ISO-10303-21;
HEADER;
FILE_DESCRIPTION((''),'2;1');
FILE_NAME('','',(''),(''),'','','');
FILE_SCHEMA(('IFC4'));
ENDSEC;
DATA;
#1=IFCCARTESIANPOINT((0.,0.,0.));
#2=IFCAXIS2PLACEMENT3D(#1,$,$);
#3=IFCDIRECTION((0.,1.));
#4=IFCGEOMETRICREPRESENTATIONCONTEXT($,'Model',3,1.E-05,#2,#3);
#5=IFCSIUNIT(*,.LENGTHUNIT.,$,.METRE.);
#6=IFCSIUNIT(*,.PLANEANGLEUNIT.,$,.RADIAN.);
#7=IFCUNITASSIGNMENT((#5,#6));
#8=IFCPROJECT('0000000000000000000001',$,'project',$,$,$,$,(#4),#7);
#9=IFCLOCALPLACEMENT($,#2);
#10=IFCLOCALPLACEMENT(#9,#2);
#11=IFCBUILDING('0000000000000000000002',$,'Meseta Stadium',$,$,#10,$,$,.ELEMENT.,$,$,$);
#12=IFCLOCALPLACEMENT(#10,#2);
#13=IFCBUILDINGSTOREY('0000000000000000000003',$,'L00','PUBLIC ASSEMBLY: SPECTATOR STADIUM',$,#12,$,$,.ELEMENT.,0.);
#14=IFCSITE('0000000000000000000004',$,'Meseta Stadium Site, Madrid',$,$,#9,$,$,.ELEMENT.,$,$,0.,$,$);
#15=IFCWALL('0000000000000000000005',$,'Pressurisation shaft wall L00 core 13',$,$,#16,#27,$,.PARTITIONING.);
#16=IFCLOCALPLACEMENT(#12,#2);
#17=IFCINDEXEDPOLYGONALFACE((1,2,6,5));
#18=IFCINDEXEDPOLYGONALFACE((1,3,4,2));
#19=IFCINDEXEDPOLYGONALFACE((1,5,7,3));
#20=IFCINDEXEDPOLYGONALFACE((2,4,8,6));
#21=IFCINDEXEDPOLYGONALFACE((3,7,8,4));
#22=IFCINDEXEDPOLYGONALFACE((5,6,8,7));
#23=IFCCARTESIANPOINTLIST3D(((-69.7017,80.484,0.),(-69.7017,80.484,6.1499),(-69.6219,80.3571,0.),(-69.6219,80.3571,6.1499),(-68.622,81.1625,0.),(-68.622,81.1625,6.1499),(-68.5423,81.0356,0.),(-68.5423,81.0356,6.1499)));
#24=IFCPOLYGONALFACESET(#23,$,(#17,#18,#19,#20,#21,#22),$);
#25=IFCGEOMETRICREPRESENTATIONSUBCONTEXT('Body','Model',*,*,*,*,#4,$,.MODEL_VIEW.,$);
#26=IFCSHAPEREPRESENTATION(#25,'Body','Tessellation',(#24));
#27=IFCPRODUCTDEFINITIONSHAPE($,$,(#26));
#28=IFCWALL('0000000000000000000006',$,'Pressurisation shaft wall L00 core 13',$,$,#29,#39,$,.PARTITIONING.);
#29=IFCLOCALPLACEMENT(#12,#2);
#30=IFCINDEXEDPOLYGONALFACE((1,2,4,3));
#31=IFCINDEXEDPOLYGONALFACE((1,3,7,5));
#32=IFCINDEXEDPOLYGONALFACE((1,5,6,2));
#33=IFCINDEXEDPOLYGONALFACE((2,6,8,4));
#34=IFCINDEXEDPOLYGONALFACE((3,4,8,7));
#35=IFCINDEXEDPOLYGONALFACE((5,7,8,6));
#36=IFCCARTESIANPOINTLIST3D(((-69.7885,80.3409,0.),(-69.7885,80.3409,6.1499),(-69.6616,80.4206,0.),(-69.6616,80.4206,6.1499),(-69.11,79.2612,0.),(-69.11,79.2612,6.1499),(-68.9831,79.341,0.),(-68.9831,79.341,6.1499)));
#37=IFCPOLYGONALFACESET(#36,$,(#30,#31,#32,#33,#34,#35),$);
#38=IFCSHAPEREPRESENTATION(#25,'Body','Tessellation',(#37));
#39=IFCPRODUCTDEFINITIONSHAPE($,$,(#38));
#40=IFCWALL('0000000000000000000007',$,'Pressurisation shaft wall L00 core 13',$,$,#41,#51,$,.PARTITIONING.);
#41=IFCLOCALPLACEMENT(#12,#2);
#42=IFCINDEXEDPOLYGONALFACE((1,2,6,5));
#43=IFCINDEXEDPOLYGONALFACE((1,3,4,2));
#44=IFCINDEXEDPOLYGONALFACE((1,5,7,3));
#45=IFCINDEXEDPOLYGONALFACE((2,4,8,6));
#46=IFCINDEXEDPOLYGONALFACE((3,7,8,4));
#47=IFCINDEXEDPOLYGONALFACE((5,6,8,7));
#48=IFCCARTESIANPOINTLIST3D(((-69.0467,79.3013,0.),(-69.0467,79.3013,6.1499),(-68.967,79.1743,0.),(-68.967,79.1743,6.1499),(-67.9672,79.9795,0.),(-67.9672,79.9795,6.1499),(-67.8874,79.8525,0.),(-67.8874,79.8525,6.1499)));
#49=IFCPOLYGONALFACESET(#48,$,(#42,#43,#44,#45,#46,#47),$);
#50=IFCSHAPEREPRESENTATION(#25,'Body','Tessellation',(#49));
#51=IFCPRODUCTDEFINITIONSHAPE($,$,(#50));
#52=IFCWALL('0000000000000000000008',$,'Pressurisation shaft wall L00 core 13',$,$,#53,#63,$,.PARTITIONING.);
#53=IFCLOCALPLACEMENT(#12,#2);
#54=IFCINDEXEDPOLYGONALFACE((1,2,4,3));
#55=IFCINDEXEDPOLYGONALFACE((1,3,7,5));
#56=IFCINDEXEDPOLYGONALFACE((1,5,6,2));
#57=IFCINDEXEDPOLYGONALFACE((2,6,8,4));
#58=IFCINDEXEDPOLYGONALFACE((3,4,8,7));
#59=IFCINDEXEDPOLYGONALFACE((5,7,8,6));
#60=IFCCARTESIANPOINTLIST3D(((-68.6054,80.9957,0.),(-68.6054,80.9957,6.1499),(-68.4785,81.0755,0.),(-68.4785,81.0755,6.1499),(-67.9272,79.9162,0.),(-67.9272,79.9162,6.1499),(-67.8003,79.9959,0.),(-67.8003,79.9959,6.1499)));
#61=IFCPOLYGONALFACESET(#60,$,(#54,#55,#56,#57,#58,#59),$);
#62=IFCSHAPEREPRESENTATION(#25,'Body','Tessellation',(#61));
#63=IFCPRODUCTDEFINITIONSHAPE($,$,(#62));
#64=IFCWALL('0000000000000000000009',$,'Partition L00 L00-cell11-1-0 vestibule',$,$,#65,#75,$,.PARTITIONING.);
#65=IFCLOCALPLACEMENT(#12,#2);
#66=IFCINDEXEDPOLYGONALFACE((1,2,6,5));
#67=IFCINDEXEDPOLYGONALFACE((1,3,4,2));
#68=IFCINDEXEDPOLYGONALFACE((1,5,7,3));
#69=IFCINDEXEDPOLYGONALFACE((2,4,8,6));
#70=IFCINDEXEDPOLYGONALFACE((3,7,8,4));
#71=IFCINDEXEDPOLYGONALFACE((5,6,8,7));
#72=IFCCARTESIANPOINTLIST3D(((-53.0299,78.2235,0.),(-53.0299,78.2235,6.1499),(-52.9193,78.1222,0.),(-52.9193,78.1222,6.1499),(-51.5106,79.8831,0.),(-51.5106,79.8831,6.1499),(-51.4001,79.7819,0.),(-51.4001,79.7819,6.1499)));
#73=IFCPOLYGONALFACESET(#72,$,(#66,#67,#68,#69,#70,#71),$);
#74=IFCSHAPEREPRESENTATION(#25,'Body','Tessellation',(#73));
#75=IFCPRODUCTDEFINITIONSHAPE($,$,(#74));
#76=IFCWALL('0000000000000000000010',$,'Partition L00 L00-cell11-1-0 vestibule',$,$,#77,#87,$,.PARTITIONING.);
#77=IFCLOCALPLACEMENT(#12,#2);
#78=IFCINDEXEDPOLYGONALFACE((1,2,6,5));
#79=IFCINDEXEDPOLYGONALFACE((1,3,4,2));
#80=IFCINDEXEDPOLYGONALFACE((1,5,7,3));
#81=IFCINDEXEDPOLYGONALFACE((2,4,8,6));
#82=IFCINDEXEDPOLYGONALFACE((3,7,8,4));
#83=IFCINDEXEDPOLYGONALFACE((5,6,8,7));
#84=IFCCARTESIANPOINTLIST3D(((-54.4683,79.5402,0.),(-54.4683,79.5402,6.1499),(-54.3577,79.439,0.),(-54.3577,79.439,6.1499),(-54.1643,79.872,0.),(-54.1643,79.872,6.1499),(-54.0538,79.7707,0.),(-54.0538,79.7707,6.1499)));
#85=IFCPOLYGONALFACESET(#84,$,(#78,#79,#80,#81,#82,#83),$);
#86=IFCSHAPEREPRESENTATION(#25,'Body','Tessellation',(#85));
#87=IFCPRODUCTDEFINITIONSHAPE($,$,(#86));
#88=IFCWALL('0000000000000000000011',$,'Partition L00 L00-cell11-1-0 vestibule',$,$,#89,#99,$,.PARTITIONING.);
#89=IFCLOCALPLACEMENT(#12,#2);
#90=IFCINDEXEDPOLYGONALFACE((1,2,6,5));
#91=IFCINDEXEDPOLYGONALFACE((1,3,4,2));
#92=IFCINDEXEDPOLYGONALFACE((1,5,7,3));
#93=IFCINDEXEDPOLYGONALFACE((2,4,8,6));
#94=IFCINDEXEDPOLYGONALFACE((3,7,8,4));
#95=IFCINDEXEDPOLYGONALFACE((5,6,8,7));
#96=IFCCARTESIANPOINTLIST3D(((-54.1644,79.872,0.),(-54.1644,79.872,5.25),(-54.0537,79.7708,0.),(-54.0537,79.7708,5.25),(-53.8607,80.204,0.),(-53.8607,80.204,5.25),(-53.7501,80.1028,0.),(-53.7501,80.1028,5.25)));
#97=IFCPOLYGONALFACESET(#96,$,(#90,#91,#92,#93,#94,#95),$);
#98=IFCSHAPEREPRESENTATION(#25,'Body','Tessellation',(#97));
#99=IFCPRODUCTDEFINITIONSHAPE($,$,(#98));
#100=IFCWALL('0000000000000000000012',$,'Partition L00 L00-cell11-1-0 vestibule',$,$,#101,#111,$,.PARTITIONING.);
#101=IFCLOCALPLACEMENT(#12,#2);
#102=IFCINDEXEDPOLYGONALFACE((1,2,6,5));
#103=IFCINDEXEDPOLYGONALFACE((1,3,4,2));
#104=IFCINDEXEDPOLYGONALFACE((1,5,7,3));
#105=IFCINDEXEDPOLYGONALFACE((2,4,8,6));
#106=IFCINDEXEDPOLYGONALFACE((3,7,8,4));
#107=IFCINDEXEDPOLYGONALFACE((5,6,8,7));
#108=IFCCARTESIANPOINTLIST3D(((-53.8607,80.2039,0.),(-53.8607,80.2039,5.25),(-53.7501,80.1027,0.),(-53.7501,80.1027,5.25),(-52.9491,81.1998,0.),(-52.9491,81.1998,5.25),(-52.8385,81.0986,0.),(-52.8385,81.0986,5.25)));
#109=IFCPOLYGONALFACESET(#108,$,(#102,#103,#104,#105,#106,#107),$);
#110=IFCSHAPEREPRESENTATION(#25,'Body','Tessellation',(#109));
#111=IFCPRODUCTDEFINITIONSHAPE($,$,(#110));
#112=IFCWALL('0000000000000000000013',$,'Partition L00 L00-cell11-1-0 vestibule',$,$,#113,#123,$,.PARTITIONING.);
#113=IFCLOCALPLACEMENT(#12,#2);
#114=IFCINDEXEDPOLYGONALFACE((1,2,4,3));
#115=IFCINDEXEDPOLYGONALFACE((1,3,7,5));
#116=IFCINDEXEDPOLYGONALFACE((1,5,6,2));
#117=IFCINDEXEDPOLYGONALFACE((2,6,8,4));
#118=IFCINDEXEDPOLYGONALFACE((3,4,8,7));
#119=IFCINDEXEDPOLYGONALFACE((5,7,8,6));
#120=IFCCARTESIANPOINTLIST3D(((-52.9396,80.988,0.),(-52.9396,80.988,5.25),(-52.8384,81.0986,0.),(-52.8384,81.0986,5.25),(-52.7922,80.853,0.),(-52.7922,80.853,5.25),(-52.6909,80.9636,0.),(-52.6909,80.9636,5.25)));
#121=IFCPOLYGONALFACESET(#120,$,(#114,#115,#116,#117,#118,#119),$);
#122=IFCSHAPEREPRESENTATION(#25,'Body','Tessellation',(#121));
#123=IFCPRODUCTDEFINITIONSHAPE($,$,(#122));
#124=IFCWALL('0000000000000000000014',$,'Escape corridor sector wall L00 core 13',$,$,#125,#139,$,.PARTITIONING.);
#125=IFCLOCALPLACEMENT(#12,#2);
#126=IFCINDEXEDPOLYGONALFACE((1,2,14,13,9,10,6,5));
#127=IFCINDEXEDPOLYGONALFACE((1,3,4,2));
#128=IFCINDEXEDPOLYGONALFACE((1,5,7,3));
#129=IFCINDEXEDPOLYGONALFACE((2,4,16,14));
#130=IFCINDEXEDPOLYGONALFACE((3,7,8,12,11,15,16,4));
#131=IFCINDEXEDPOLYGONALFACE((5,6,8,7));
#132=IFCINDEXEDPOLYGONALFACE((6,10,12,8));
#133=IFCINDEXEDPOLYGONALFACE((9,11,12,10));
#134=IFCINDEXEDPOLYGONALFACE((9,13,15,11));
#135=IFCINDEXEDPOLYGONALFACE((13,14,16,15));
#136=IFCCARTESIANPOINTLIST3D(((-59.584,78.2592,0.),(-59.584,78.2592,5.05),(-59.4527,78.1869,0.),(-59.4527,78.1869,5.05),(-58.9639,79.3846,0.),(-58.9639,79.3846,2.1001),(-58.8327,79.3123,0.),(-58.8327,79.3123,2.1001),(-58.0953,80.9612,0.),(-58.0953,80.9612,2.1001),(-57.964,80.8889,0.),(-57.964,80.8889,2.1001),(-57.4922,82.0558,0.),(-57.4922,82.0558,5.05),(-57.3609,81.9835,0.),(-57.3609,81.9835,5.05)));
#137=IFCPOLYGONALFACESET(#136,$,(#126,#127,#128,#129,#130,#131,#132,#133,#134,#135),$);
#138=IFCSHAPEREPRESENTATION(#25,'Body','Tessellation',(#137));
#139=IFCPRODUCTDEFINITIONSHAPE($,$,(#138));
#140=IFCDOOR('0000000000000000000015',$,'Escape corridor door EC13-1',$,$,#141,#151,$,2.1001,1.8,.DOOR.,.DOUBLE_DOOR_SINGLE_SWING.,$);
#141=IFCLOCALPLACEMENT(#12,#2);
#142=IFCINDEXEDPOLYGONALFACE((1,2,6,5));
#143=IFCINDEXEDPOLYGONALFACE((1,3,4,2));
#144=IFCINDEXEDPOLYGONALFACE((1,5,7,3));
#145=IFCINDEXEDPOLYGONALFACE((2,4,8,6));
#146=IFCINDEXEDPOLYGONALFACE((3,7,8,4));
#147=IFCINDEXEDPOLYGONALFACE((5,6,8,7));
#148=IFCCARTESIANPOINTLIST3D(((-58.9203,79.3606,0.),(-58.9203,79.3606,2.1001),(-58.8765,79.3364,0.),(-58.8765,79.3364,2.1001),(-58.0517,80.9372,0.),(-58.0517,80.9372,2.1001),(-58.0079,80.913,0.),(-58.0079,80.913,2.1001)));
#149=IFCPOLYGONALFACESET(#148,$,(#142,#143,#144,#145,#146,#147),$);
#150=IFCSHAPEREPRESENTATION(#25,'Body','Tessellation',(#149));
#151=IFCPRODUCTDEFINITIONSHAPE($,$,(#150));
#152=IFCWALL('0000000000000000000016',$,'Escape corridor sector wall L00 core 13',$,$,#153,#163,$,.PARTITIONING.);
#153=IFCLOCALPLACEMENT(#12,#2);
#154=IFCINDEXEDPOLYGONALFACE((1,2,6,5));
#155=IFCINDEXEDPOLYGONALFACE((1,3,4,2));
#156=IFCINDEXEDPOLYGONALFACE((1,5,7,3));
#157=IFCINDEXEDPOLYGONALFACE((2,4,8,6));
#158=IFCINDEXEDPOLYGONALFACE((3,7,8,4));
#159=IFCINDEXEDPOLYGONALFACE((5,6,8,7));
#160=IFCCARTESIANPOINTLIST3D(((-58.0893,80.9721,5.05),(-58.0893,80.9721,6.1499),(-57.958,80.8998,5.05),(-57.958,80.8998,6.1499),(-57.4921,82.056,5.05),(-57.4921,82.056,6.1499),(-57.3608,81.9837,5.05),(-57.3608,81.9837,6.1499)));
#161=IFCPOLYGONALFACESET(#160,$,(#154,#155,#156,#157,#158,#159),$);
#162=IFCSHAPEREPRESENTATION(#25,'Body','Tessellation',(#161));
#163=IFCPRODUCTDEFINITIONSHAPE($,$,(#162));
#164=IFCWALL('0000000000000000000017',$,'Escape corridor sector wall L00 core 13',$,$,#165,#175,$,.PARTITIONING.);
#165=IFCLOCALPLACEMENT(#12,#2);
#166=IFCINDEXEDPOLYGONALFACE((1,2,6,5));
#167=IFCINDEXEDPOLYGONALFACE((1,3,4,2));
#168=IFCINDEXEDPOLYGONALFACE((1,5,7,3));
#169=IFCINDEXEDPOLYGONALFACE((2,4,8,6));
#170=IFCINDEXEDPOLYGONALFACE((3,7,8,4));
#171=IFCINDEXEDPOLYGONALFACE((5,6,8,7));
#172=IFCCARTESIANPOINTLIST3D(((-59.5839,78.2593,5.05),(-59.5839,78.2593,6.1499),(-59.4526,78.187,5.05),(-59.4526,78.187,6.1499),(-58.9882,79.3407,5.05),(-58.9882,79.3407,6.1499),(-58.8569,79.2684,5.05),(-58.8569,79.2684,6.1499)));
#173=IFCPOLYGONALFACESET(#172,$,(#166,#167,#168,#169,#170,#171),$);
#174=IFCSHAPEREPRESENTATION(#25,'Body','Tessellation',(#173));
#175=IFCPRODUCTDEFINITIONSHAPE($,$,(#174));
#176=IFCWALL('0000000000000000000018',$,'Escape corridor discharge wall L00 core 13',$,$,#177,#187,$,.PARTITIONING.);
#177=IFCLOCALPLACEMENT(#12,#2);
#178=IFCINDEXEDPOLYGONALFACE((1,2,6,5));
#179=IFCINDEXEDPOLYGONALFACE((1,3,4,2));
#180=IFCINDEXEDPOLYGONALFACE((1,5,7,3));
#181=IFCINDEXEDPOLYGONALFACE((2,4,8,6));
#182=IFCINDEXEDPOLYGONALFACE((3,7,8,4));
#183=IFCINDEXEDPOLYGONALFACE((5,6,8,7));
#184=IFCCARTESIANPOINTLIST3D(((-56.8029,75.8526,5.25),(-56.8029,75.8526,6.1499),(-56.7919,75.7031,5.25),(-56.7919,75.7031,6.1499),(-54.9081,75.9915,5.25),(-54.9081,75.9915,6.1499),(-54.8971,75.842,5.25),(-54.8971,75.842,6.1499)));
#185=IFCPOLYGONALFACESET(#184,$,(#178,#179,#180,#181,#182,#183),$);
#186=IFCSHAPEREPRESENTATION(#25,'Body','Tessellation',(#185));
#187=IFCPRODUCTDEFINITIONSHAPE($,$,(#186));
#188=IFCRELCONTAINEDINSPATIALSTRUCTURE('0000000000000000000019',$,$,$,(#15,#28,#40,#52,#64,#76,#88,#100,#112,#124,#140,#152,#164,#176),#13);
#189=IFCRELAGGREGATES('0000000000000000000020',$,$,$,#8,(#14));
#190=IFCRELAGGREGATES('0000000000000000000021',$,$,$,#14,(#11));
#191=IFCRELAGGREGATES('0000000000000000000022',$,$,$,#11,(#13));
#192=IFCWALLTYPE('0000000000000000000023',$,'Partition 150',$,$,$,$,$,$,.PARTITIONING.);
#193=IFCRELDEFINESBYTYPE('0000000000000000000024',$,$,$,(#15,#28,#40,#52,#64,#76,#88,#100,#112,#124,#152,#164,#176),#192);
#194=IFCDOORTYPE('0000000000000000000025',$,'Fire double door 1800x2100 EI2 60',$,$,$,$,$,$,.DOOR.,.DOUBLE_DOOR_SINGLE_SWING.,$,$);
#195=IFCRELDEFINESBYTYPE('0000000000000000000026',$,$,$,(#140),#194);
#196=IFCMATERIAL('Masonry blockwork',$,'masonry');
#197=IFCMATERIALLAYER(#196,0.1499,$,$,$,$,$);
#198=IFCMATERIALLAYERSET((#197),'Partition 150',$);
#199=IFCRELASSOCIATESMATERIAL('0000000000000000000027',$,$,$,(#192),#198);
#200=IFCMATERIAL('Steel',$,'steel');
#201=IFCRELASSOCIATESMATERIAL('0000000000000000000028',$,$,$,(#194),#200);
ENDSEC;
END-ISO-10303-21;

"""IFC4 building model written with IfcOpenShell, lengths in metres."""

from ifc_helpers import new_model, si_unit, direction, frame, frame_2d, origin, place, context, subcontext, project, spatial, rectangle, extrude, material, layer, layer_set, type_object, element, fill, save


model = new_model("IFC4")

# Units and contexts
model_context = context("Model", 3, precision=1e-05, world=origin(), true_north=direction((0.0, 1.0)))
body_context = subcontext(model_context, "Body", "Model", "MODEL_VIEW")
ifc_project = project(units=[si_unit("LENGTHUNIT", "METRE"), si_unit("PLANEANGLEUNIT", "RADIAN")], contexts=[model_context])

# Site, building, storey
site_placement = place(None, origin())
site = spatial("IfcSite", under=ifc_project, at=site_placement, Name="Meseta Stadium Site, Madrid", CompositionType="ELEMENT", RefElevation=0.0)
building_placement = place(site_placement, origin())
building = spatial("IfcBuilding", under=site, at=building_placement, Name="Meseta Stadium", CompositionType="ELEMENT")
storey_placement = place(building_placement, origin())
storey = spatial("IfcBuildingStorey", under=building, at=storey_placement, Name="L00", Description="PUBLIC ASSEMBLY: SPECTATOR STADIUM", CompositionType="ELEMENT", Elevation=0.0)

# Shared definitions
ifc_material_1 = material(Name="Masonry blockwork", Category="masonry")
ifc_layer_1 = layer(ifc_material_1, 0.1499)
ifc_layer_set_1 = layer_set([ifc_layer_1], Name="Partition 150")
wall_type_1 = type_object("IfcWallType", Name="Partition 150", PredefinedType="PARTITIONING", material=ifc_layer_set_1)

# Walls
for number, where, z_axis, x_axis, name in (
    (1, (-68.582, 81.0991, 0.0), (0.0, 0.0, 1.0), (-0.846683, -0.532097, 0.0), "Pressurisation shaft wall L00 core 13"),
    (2, (-69.7251, 80.3809, 0.0), (0.0, 0.0, 1.0), (0.532097, -0.846683, 0.0), "Pressurisation shaft wall L00 core 13"),
):
    element("IfcWall", number, at=place(storey_placement, frame(where, z_axis=z_axis, x_axis=x_axis)), inside=storey, type_object=wall_type_1, Name=name, PredefinedType="PARTITIONING", context=body_context, shape_type="SweptSolid", body=[
        extrude(rectangle(XDim=1.2751, YDim=0.1499, at=frame_2d((0.6377, 0.0))), origin(), (0.0, 0.0, 1.0), 6.1499),
    ])
for number, where, z_axis, x_axis, name in (
    (3, (-69.0068, 79.2378, 0.0), (0.0, 0.0, 1.0), (0.84677, 0.53196, 0.0), "Pressurisation shaft wall L00 core 13"),
    (4, (-67.8638, 79.9561, 0.0), (0.0, 0.0, 1.0), (-0.53196, 0.84677, 0.0), "Pressurisation shaft wall L00 core 13"),
):
    element("IfcWall", number, at=place(storey_placement, frame(where, z_axis=z_axis, x_axis=x_axis)), inside=storey, type_object=wall_type_1, Name=name, PredefinedType="PARTITIONING", context=body_context, shape_type="SweptSolid", body=[
        extrude(rectangle(XDim=1.2749, YDim=0.1499, at=frame_2d((0.6375, 0.0))), origin(), (0.0, 0.0, 1.0), 6.1499),
    ])
wall_1_placement = place(storey_placement, frame((-52.9746, 78.1729, 0.0), z_axis=(0.0, 0.0, 1.0), x_axis=(0.675223, 0.737613, 0.0)))
element("IfcWall", 5, at=wall_1_placement, inside=storey, type_object=wall_type_1, Name="Partition L00 L00-cell11-1-0 vestibule", PredefinedType="PARTITIONING", context=body_context, shape_type="SweptSolid", body=[
    extrude(rectangle(XDim=2.25, YDim=0.1499, at=frame_2d((1.125, 0.0))), origin(), (0.0, 0.0, 1.0), 6.1499),
])
wall_2_placement = place(storey_placement, frame((-54.4131, 79.4895, 0.0), z_axis=(0.0, 0.0, 1.0), x_axis=(0.675503, 0.737357, 0.0)))
element("IfcWall", 6, at=wall_2_placement, inside=storey, type_object=wall_type_1, Name="Partition L00 L00-cell11-1-0 vestibule", PredefinedType="PARTITIONING", context=body_context, shape_type="SweptSolid", body=[
    extrude(rectangle(XDim=0.45, YDim=0.1499, at=frame_2d((0.2251, 0.0))), origin(), (0.0, 0.0, 1.0), 6.1499),
])
wall_3_placement = place(storey_placement, frame((-54.1091, 79.8213, 0.0), z_axis=(0.0, 0.0, 1.0), x_axis=(0.674938, 0.737874, 0.0)))
element("IfcWall", 7, at=wall_3_placement, inside=storey, type_object=wall_type_1, Name="Partition L00 L00-cell11-1-0 vestibule", PredefinedType="PARTITIONING", context=body_context, shape_type="SweptSolid", body=[
    extrude(rectangle(XDim=0.45, YDim=0.1499, at=frame_2d((0.2251, 0.0))), origin(), (0.0, 0.0, 1.0), 5.25),
])
wall_4_placement = place(storey_placement, frame((-53.8054, 80.1533, 0.0), z_axis=(0.0, 0.0, 1.0), x_axis=(0.675225, 0.737612, 0.0)))
element("IfcWall", 8, at=wall_4_placement, inside=storey, type_object=wall_type_1, Name="Partition L00 L00-cell11-1-0 vestibule", PredefinedType="PARTITIONING", context=body_context, shape_type="SweptSolid", body=[
    extrude(rectangle(XDim=1.3501, YDim=0.1499, at=frame_2d((0.675, 0.0))), origin(), (0.0, 0.0, 1.0), 5.25),
])
wall_5_placement = place(storey_placement, frame((-52.7415, 80.9082, 0.0), z_axis=(0.0, 0.0, 1.0), x_axis=(-0.73756, 0.675282, 0.0)))
element("IfcWall", 9, at=wall_5_placement, inside=storey, type_object=wall_type_1, Name="Partition L00 L00-cell11-1-0 vestibule", PredefinedType="PARTITIONING", context=body_context, shape_type="SweptSolid", body=[
    extrude(rectangle(XDim=0.2, YDim=0.1499, at=frame_2d((0.1001, 0.0))), origin(), (0.0, 0.0, 1.0), 5.25),
])

# Wall, opening, door
wall_6_placement = place(storey_placement, frame((-57.4265, 82.0198, 0.0), z_axis=(0.0, 0.0, 1.0), x_axis=(-0.482565, -0.87586, 0.0)))
wall_6 = element("IfcWall", 10, at=wall_6_placement, inside=storey, type_object=wall_type_1, Name="Escape corridor sector wall L00 core 13", PredefinedType="PARTITIONING", context=body_context, shape_type="SweptSolid", body=[
    extrude(rectangle(XDim=4.3347, YDim=0.1499, at=frame_2d((2.1675, 0.0))), origin(), (0.0, 0.0, 1.0), 5.05),
])
opening_1_placement = place(wall_6_placement, frame((1.25, 0.0, 0.0)))
opening_1 = element("IfcOpeningElement", 11, at=opening_1_placement, cuts=wall_6, PredefinedType="OPENING", context=body_context, shape_type="SweptSolid", body=[
    extrude(rectangle(XDim=1.8, YDim=2.1001, at=frame_2d((0.8999, 1.05))), frame((0.0, 0.085, 0.0), z_axis=(0.0, -1.0, 0.0), x_axis=(1.0, 0.0, 0.0)), (0.0, 0.0, 1.0), 0.1699),
])
ifc_material_2 = material(Name="Steel", Category="steel")
door_type_1 = type_object("IfcDoorType", Name="Fire double door 1800x2100 EI2 60", OperationType="DOUBLE_DOOR_SINGLE_SWING", PredefinedType="DOOR", material=ifc_material_2)
door_1_placement = place(opening_1_placement, origin())
door_1 = element("IfcDoor", 12, at=door_1_placement, inside=storey, type_object=door_type_1, Name="Escape corridor door EC13-1", OperationType="DOUBLE_DOOR_SINGLE_SWING", OverallHeight=2.1001, OverallWidth=1.8, PredefinedType="DOOR", context=body_context, shape_type="SweptSolid", body=[
    extrude(rectangle(XDim=1.8, YDim=2.1001, at=frame_2d((0.8999, 1.05))), frame((0.0, 0.0249, 0.0), z_axis=(0.0, -1.0, 0.0), x_axis=(1.0, 0.0, 0.0)), (0.0, 0.0, 1.0), 0.05),
])
fill(opening_1, door_1)

# Walls
wall_7_placement = place(storey_placement, frame((-57.4265, 82.0198, 5.05), z_axis=(0.0, 0.0, 1.0), x_axis=(-0.482524, -0.875882, 0.0)))
element("IfcWall", 13, at=wall_7_placement, inside=storey, type_object=wall_type_1, Name="Escape corridor sector wall L00 core 13", PredefinedType="PARTITIONING", context=body_context, shape_type="SweptSolid", body=[
    extrude(rectangle(XDim=1.2375, YDim=0.1499, at=frame_2d((0.6187, 0.0))), origin(), (0.0, 0.0, 1.0), 1.0999),
])
wall_8_placement = place(storey_placement, frame((-58.9226, 79.3044, 5.05), z_axis=(0.0, 0.0, 1.0), x_axis=(-0.482534, -0.875877, 0.0)))
element("IfcWall", 14, at=wall_8_placement, inside=storey, type_object=wall_type_1, Name="Escape corridor sector wall L00 core 13", PredefinedType="PARTITIONING", context=body_context, shape_type="SweptSolid", body=[
    extrude(rectangle(XDim=1.2346, YDim=0.1499, at=frame_2d((0.6172, 0.0))), origin(), (0.0, 0.0, 1.0), 1.0999),
])
wall_9_placement = place(storey_placement, frame((-54.9026, 75.9167, 5.25), z_axis=(0.0, 0.0, 1.0), x_axis=(-0.997323, -0.073119, 0.0)))
element("IfcWall", 15, at=wall_9_placement, inside=storey, type_object=wall_type_1, Name="Escape corridor discharge wall L00 core 13", PredefinedType="PARTITIONING", context=body_context, shape_type="SweptSolid", body=[
    extrude(rectangle(XDim=1.8999, YDim=0.1499, at=frame_2d((0.95, 0.0))), origin(), (0.0, 0.0, 1.0), 0.8999),
])

save(model, "model.ifc")
